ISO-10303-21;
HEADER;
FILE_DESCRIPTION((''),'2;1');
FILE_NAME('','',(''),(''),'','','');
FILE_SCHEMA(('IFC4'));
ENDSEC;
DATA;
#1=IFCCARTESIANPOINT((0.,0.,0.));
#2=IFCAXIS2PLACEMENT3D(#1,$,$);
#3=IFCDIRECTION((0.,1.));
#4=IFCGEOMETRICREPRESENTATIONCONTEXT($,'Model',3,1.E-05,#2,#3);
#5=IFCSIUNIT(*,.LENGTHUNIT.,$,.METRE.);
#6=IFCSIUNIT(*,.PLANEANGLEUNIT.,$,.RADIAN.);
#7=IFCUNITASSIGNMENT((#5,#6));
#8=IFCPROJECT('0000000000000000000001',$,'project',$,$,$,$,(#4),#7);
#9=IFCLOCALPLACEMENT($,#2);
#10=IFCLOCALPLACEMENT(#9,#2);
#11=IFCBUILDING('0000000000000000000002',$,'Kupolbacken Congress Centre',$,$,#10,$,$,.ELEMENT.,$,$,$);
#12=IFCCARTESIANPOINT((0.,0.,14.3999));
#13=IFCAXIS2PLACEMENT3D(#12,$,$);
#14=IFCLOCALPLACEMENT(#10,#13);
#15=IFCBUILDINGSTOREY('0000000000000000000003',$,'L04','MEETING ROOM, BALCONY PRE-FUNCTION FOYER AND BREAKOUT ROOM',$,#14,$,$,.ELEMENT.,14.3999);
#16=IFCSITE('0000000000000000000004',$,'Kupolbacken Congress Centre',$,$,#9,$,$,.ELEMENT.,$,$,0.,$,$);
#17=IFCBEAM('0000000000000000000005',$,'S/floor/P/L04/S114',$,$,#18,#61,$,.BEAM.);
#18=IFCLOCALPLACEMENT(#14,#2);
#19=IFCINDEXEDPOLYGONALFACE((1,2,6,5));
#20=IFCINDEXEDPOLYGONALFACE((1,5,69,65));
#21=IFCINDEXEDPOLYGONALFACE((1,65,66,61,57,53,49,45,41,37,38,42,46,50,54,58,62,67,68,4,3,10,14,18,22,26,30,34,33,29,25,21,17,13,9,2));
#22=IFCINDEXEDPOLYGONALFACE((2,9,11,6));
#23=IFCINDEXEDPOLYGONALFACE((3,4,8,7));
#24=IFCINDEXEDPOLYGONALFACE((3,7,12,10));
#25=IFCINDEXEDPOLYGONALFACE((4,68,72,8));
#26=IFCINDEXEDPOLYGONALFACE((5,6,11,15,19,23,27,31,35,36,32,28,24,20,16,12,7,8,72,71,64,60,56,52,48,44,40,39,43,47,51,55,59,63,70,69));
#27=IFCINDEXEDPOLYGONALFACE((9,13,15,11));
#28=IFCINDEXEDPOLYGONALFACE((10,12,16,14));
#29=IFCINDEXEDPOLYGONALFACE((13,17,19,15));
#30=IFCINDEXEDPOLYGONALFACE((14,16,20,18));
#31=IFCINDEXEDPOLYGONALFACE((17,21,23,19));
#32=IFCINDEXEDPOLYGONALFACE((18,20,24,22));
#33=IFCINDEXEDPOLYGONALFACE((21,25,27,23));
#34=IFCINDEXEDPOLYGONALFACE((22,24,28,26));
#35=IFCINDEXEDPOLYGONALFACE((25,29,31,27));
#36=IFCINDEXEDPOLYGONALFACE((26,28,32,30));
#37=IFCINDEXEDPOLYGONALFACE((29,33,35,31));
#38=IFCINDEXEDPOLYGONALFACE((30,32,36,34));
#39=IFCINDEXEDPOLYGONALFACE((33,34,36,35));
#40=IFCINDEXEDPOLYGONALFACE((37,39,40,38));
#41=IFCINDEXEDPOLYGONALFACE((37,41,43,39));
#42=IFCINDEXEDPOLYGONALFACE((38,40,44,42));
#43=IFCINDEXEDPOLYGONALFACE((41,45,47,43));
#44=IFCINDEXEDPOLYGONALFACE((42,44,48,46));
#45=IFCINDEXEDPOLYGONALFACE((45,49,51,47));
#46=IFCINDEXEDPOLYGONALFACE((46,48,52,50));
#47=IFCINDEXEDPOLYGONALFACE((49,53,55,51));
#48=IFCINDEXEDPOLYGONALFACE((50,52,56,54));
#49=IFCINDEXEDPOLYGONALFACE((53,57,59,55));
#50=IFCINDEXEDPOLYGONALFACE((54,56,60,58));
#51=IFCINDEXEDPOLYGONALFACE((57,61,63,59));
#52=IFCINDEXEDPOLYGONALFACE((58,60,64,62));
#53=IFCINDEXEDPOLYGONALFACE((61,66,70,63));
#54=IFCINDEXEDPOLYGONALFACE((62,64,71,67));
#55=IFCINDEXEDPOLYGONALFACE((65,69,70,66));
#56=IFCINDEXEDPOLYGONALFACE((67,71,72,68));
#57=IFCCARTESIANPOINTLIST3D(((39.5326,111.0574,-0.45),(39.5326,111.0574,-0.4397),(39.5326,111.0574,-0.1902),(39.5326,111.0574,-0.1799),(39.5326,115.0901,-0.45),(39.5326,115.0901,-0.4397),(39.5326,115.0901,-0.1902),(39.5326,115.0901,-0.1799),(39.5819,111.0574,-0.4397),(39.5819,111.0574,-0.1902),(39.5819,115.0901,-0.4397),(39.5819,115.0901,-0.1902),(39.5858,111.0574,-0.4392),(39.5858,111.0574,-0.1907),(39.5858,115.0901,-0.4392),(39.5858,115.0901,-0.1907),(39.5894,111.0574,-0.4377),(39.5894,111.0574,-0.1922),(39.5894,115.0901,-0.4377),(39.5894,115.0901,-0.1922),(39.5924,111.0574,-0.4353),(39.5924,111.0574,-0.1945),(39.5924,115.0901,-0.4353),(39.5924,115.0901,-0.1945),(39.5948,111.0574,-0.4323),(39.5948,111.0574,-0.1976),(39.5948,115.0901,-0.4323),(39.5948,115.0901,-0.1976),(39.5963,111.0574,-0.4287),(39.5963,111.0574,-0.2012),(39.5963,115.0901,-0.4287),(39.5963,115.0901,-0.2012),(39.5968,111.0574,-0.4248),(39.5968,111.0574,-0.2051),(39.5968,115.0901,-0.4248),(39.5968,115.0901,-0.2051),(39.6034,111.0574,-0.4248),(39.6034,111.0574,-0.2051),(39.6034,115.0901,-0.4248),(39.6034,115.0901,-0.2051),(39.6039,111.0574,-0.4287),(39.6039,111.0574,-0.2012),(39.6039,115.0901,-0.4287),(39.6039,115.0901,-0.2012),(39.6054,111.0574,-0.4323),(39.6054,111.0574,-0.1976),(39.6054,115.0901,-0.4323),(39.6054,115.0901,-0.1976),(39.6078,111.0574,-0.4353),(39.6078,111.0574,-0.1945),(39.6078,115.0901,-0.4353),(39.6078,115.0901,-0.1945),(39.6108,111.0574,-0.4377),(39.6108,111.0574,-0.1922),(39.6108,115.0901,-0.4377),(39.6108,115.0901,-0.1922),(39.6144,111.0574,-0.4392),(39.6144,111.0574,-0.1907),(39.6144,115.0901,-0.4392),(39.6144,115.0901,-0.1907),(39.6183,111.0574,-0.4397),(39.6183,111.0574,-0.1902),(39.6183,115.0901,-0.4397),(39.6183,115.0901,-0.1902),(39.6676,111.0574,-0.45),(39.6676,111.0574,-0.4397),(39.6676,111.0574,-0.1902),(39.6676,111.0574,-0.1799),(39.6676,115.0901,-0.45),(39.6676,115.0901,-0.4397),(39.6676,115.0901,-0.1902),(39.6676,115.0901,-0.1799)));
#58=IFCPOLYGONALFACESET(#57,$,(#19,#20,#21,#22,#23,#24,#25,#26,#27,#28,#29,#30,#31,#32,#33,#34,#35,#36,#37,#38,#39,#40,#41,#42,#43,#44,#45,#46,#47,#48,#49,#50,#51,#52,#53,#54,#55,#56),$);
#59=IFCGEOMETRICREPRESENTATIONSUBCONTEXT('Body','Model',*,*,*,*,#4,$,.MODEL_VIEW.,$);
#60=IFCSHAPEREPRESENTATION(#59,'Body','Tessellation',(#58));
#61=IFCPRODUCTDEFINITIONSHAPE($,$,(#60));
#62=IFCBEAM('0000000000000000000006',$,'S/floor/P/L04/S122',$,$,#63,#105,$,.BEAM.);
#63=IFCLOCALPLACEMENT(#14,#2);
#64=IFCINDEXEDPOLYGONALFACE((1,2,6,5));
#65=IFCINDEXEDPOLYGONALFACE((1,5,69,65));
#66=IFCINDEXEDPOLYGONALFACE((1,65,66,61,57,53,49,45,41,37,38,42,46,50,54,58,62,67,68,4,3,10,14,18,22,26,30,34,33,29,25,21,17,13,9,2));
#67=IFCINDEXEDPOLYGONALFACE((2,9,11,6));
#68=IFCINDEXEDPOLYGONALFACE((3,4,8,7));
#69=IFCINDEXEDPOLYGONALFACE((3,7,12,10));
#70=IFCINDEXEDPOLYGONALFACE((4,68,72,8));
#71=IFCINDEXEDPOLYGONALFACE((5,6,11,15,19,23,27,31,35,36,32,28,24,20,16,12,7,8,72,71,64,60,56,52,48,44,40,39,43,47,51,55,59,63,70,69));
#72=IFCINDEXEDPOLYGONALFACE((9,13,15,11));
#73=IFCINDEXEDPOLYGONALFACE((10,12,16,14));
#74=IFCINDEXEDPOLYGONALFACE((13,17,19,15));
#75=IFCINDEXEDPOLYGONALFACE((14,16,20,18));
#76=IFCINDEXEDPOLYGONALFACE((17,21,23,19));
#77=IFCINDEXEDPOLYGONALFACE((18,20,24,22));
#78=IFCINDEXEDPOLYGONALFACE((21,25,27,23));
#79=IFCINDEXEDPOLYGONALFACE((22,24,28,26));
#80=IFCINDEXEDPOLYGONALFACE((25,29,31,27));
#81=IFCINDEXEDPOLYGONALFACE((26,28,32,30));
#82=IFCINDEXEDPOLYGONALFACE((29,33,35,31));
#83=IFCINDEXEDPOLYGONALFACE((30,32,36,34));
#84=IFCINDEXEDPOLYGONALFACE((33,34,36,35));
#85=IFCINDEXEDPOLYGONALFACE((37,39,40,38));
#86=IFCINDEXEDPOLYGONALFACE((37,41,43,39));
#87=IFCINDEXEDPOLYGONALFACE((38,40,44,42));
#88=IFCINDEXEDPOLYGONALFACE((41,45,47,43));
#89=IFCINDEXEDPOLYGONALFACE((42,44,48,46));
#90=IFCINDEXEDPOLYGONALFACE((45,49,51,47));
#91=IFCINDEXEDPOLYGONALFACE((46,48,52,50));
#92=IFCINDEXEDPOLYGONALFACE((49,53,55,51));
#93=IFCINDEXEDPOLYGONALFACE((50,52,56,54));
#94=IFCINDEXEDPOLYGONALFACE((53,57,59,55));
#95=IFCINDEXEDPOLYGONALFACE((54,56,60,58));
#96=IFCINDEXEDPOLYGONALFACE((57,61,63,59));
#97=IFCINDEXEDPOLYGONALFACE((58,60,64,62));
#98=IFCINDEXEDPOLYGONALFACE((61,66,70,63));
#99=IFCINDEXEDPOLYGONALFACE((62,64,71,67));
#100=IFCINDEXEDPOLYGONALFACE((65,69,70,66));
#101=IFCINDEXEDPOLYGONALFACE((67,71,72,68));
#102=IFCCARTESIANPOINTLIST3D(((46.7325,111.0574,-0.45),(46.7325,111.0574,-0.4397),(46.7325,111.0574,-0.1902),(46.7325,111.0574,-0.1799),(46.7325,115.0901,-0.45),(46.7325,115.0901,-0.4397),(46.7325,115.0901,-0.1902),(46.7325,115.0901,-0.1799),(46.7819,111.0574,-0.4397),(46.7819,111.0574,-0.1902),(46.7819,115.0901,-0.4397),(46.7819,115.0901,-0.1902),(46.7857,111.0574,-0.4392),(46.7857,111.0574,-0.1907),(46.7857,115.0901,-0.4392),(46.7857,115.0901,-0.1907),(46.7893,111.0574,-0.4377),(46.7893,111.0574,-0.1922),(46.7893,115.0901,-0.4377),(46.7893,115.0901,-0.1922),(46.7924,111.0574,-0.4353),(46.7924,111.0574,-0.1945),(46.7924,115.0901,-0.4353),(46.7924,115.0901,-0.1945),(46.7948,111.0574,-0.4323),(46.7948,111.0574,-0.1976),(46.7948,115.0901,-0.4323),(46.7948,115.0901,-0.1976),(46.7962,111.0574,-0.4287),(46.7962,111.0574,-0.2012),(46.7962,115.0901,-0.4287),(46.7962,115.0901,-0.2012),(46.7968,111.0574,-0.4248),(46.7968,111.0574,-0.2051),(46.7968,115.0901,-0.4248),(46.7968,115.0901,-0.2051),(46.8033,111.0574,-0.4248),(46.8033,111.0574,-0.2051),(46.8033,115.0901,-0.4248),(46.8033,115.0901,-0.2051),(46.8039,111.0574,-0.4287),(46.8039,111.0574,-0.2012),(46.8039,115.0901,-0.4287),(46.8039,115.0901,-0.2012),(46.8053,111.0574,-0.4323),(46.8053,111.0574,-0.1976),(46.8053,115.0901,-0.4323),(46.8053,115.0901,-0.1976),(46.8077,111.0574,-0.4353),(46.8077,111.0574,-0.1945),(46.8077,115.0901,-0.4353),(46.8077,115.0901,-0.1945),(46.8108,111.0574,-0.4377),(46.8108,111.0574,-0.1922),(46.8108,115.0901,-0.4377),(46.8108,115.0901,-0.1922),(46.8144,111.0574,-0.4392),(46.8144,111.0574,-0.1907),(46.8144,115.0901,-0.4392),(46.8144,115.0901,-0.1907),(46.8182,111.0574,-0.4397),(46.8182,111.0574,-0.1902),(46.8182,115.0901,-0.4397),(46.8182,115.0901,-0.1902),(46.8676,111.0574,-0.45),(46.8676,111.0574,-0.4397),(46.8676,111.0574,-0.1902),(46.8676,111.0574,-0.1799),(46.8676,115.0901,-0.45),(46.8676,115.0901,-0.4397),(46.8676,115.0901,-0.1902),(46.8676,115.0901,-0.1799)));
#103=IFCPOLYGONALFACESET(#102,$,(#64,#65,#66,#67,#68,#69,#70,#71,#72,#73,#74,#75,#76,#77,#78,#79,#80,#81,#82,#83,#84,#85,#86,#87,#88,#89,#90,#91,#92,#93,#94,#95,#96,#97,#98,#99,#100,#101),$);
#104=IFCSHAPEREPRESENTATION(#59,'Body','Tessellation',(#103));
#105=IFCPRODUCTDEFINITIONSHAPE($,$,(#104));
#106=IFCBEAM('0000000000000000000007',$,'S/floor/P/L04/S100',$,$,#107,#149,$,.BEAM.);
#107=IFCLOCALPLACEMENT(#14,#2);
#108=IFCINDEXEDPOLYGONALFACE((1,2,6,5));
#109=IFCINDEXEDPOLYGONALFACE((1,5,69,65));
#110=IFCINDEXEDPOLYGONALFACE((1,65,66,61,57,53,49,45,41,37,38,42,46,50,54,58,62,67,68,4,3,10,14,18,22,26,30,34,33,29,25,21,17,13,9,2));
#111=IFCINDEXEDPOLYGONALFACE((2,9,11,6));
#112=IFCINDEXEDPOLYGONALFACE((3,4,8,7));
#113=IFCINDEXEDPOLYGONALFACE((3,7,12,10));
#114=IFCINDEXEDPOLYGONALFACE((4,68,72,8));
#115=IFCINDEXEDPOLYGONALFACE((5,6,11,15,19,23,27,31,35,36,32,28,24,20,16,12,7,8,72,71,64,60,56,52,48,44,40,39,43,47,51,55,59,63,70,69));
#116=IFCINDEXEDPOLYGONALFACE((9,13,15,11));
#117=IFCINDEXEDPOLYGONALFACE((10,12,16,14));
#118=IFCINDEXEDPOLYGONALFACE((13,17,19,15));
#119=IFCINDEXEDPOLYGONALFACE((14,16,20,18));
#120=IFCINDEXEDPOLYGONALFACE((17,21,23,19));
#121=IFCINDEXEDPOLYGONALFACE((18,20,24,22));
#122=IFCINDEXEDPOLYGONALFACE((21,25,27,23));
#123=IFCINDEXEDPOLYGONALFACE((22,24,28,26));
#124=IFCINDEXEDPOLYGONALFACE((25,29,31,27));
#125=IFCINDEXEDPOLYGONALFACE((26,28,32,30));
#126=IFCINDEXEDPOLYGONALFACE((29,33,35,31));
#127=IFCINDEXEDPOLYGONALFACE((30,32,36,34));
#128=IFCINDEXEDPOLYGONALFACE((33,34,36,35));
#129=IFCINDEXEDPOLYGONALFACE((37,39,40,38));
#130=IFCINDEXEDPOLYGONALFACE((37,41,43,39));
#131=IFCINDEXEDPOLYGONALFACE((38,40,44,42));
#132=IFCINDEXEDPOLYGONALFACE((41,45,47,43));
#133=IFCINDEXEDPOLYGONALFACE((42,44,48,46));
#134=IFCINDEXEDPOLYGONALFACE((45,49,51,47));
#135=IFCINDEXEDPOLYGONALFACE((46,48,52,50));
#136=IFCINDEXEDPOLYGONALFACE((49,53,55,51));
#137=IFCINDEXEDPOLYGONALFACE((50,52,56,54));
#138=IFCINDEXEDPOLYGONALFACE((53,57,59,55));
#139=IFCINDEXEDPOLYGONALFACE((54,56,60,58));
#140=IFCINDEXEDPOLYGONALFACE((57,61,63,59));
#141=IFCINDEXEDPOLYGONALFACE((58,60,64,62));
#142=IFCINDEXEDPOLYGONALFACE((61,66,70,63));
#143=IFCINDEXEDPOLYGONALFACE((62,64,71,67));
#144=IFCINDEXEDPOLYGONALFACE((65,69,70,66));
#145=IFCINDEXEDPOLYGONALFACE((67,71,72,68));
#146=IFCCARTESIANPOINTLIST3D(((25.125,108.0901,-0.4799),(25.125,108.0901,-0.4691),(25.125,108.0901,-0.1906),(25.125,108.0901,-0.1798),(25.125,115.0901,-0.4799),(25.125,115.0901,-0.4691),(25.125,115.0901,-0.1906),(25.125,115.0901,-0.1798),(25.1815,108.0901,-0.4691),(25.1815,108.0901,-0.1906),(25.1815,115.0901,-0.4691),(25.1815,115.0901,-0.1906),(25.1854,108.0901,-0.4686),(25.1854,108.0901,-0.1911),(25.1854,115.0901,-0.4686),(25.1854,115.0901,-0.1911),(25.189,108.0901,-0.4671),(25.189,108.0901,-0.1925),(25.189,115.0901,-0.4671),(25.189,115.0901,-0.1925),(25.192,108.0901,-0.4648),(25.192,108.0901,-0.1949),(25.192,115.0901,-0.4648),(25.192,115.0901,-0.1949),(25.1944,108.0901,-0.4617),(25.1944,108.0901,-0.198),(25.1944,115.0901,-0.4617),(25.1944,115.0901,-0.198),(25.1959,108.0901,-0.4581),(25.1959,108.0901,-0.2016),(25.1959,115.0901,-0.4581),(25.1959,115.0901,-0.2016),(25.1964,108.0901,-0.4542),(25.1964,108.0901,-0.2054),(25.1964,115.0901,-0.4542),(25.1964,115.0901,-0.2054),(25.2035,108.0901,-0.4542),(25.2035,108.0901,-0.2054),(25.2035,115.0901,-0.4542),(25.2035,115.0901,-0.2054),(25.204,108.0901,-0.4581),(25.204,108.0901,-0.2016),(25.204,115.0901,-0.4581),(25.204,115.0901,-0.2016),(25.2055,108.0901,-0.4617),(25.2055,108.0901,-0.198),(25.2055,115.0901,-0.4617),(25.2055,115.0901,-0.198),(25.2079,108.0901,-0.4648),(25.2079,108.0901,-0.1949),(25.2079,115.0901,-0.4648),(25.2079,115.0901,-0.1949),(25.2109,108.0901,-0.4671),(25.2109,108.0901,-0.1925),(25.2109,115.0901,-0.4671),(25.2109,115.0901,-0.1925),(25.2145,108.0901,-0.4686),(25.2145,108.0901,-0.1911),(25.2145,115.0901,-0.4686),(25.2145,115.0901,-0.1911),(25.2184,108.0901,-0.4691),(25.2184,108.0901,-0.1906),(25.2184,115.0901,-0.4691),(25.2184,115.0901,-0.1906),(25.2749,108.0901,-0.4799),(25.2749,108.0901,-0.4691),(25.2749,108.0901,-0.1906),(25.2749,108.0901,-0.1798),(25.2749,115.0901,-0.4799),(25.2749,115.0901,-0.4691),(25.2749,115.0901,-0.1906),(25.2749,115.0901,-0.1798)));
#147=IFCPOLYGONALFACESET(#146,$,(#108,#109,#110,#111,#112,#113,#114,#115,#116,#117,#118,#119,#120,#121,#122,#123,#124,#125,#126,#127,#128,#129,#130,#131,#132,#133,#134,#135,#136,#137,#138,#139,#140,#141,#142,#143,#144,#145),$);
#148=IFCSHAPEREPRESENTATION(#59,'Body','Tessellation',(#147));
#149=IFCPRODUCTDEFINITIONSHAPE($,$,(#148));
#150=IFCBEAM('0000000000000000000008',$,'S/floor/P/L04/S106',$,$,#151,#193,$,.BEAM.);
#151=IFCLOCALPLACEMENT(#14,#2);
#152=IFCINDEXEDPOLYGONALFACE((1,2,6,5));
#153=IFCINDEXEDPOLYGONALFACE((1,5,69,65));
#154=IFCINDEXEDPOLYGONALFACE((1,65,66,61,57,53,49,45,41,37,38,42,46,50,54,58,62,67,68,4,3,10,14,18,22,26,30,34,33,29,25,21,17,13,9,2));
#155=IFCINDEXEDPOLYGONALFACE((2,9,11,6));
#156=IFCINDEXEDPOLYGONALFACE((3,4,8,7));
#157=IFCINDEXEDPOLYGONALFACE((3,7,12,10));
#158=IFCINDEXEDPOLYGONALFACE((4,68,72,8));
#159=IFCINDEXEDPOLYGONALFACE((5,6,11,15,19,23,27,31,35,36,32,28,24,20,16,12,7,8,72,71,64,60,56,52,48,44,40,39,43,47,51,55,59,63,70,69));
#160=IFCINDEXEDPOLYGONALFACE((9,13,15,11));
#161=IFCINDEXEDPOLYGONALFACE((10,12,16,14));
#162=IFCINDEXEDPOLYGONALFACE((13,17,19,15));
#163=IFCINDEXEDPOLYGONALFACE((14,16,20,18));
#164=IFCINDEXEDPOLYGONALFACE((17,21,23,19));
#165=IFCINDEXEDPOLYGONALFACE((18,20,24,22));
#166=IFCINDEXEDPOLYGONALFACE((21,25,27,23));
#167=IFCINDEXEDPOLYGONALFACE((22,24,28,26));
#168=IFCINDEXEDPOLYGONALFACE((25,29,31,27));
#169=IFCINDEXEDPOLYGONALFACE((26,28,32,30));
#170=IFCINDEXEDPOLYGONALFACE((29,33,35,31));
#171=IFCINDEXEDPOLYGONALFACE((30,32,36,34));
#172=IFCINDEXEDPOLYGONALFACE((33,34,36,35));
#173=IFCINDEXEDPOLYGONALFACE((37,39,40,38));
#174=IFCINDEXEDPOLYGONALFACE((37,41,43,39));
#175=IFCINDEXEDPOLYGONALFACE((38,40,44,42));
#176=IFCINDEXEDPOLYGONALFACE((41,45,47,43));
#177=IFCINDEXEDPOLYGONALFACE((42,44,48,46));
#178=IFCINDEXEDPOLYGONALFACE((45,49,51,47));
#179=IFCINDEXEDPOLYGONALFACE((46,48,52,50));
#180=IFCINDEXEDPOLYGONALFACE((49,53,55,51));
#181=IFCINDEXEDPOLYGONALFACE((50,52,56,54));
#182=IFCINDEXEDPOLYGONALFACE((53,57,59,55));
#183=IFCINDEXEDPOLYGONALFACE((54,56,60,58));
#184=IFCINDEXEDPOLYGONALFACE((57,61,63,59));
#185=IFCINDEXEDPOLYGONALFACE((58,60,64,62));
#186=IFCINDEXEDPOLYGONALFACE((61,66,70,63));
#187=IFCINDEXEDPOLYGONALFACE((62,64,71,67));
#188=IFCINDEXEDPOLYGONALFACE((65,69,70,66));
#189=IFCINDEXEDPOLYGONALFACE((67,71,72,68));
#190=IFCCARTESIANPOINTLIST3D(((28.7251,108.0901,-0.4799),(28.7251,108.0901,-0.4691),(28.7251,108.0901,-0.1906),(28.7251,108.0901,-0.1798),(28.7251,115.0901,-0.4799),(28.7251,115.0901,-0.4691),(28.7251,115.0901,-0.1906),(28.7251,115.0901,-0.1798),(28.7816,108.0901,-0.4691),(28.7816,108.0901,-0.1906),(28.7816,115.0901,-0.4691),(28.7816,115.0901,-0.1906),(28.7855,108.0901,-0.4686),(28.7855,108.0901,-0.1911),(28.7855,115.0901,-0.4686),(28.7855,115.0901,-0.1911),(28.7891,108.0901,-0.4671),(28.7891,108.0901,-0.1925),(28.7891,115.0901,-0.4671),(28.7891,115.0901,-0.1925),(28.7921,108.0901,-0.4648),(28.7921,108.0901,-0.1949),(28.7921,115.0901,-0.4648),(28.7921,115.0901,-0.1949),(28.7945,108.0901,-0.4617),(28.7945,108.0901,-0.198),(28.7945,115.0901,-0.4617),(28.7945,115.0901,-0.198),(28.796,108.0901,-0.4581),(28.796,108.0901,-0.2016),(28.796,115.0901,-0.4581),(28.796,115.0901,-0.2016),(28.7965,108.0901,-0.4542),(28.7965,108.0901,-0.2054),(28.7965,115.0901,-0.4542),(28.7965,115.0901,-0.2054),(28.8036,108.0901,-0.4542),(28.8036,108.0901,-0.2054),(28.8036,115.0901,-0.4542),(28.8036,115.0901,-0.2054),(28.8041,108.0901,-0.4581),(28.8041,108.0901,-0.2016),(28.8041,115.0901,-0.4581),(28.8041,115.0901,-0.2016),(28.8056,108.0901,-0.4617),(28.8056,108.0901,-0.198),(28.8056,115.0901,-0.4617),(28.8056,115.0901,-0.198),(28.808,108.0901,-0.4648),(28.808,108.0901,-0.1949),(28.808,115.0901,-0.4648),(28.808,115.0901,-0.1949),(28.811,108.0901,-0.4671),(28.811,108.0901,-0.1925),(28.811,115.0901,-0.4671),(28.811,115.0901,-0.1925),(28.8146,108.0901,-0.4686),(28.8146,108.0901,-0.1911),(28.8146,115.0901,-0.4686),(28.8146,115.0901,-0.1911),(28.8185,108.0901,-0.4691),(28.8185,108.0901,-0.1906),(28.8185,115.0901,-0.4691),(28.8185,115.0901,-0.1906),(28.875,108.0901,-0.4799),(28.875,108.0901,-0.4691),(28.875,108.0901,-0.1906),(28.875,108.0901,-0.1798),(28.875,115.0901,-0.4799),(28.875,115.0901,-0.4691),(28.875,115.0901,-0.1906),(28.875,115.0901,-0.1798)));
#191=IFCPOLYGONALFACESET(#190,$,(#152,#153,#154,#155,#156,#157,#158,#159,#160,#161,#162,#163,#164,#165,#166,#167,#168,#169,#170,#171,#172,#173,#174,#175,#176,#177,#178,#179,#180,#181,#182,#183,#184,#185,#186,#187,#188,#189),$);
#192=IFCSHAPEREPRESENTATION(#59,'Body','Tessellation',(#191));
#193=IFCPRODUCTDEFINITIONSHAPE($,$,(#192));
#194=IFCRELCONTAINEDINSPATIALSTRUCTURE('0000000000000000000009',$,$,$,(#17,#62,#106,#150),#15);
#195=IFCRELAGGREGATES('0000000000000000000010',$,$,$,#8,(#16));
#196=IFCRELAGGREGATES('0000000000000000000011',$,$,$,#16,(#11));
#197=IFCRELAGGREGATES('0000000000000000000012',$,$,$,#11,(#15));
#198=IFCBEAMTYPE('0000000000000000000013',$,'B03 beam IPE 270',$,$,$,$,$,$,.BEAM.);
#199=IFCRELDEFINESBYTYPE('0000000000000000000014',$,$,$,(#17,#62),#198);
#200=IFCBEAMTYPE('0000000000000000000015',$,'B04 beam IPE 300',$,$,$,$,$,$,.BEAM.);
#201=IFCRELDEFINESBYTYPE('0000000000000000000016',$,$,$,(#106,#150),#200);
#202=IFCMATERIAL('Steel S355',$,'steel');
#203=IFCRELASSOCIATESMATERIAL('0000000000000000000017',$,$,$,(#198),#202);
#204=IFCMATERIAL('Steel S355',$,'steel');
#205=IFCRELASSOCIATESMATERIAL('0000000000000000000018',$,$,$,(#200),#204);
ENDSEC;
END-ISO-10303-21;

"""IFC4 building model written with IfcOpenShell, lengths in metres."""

from ifc_helpers import new_model, si_unit, direction, frame, origin, origin_2d, place, context, subcontext, project, spatial, i_section, extrude, material, material_profile, profile_set, type_object, element, save


model = new_model("IFC4")

# Units and contexts
model_context = context("Model", 3, precision=1e-05, world=origin(), true_north=direction((0.0, 1.0)))
body_context = subcontext(model_context, "Body", "Model", "MODEL_VIEW")
ifc_project = project(units=[si_unit("LENGTHUNIT", "METRE"), si_unit("PLANEANGLEUNIT", "RADIAN")], contexts=[model_context])

# Site, building, storey
site_placement = place(None, origin())
site = spatial("IfcSite", under=ifc_project, at=site_placement, Name="Kupolbacken Congress Centre", CompositionType="ELEMENT", RefElevation=0.0)
building_placement = place(site_placement, origin())
building = spatial("IfcBuilding", under=site, at=building_placement, Name="Kupolbacken Congress Centre", CompositionType="ELEMENT")
storey_placement = place(building_placement, frame((0.0, 0.0, 14.3999)))
storey = spatial("IfcBuildingStorey", under=building, at=storey_placement, Name="L04", Description="MEETING ROOM, BALCONY PRE-FUNCTION FOYER AND BREAKOUT ROOM", CompositionType="ELEMENT", Elevation=14.3999)

# Beams
ifc_material_1 = material(Name="Steel S355", Category="steel")
ifc_material_profile_1 = material_profile(ifc_material_1, i_section(OverallWidth=0.135, OverallDepth=0.27, WebThickness=0.0066, FlangeThickness=0.0103, FilletRadius=0.0149, at=origin_2d()), Name="IPE 270")
ifc_profile_set_1 = profile_set([ifc_material_profile_1], Name="Steel S355")
beam_type_1 = type_object("IfcBeamType", Name="B03 beam IPE 270", PredefinedType="BEAM", material=ifc_profile_set_1)
for number, where, z_axis, x_axis, name in (
    (1, (39.6001, 111.0574, -0.3149), (0.0, 1.0, 0.0), (-1.0, 0.0, 0.0), "S/floor/P/L04/S114"),
    (2, (46.8, 111.0574, -0.3149), (0.0, 1.0, 0.0), (-1.0, 0.0, 0.0), "S/floor/P/L04/S122"),
):
    element("IfcBeam", number, at=place(storey_placement, frame(where, z_axis=z_axis, x_axis=x_axis)), inside=storey, type_object=beam_type_1, Name=name, PredefinedType="BEAM", context=body_context, shape_type="SweptSolid", body=[
        extrude(i_section(OverallWidth=0.135, OverallDepth=0.27, WebThickness=0.0066, FlangeThickness=0.0103, FilletRadius=0.0149, at=origin_2d()), origin(), (0.0, 0.0, 1.0), 4.0327),
    ])
ifc_material_2 = material(Name="Steel S355", Category="steel")
ifc_material_profile_2 = material_profile(ifc_material_2, i_section(OverallWidth=0.1499, OverallDepth=0.3, WebThickness=0.0071, FlangeThickness=0.0107, FilletRadius=0.0149, at=origin_2d()), Name="IPE 300")
ifc_profile_set_2 = profile_set([ifc_material_profile_2], Name="Steel S355")
beam_type_2 = type_object("IfcBeamType", Name="B04 beam IPE 300", PredefinedType="BEAM", material=ifc_profile_set_2)
for number, where, z_axis, x_axis, name in (
    (3, (25.2, 108.0901, -0.3298), (0.0, 1.0, 0.0), (-1.0, 0.0, 0.0), "S/floor/P/L04/S100"),
    (4, (28.8, 108.0901, -0.3298), (0.0, 1.0, 0.0), (-1.0, 0.0, 0.0), "S/floor/P/L04/S106"),
):
    element("IfcBeam", number, at=place(storey_placement, frame(where, z_axis=z_axis, x_axis=x_axis)), inside=storey, type_object=beam_type_2, Name=name, PredefinedType="BEAM", context=body_context, shape_type="SweptSolid", body=[
        extrude(i_section(OverallWidth=0.1499, OverallDepth=0.3, WebThickness=0.0071, FlangeThickness=0.0107, FilletRadius=0.0149, at=origin_2d()), origin(), (0.0, 0.0, 1.0), 7.0),
    ])

save(model, "model.ifc")
